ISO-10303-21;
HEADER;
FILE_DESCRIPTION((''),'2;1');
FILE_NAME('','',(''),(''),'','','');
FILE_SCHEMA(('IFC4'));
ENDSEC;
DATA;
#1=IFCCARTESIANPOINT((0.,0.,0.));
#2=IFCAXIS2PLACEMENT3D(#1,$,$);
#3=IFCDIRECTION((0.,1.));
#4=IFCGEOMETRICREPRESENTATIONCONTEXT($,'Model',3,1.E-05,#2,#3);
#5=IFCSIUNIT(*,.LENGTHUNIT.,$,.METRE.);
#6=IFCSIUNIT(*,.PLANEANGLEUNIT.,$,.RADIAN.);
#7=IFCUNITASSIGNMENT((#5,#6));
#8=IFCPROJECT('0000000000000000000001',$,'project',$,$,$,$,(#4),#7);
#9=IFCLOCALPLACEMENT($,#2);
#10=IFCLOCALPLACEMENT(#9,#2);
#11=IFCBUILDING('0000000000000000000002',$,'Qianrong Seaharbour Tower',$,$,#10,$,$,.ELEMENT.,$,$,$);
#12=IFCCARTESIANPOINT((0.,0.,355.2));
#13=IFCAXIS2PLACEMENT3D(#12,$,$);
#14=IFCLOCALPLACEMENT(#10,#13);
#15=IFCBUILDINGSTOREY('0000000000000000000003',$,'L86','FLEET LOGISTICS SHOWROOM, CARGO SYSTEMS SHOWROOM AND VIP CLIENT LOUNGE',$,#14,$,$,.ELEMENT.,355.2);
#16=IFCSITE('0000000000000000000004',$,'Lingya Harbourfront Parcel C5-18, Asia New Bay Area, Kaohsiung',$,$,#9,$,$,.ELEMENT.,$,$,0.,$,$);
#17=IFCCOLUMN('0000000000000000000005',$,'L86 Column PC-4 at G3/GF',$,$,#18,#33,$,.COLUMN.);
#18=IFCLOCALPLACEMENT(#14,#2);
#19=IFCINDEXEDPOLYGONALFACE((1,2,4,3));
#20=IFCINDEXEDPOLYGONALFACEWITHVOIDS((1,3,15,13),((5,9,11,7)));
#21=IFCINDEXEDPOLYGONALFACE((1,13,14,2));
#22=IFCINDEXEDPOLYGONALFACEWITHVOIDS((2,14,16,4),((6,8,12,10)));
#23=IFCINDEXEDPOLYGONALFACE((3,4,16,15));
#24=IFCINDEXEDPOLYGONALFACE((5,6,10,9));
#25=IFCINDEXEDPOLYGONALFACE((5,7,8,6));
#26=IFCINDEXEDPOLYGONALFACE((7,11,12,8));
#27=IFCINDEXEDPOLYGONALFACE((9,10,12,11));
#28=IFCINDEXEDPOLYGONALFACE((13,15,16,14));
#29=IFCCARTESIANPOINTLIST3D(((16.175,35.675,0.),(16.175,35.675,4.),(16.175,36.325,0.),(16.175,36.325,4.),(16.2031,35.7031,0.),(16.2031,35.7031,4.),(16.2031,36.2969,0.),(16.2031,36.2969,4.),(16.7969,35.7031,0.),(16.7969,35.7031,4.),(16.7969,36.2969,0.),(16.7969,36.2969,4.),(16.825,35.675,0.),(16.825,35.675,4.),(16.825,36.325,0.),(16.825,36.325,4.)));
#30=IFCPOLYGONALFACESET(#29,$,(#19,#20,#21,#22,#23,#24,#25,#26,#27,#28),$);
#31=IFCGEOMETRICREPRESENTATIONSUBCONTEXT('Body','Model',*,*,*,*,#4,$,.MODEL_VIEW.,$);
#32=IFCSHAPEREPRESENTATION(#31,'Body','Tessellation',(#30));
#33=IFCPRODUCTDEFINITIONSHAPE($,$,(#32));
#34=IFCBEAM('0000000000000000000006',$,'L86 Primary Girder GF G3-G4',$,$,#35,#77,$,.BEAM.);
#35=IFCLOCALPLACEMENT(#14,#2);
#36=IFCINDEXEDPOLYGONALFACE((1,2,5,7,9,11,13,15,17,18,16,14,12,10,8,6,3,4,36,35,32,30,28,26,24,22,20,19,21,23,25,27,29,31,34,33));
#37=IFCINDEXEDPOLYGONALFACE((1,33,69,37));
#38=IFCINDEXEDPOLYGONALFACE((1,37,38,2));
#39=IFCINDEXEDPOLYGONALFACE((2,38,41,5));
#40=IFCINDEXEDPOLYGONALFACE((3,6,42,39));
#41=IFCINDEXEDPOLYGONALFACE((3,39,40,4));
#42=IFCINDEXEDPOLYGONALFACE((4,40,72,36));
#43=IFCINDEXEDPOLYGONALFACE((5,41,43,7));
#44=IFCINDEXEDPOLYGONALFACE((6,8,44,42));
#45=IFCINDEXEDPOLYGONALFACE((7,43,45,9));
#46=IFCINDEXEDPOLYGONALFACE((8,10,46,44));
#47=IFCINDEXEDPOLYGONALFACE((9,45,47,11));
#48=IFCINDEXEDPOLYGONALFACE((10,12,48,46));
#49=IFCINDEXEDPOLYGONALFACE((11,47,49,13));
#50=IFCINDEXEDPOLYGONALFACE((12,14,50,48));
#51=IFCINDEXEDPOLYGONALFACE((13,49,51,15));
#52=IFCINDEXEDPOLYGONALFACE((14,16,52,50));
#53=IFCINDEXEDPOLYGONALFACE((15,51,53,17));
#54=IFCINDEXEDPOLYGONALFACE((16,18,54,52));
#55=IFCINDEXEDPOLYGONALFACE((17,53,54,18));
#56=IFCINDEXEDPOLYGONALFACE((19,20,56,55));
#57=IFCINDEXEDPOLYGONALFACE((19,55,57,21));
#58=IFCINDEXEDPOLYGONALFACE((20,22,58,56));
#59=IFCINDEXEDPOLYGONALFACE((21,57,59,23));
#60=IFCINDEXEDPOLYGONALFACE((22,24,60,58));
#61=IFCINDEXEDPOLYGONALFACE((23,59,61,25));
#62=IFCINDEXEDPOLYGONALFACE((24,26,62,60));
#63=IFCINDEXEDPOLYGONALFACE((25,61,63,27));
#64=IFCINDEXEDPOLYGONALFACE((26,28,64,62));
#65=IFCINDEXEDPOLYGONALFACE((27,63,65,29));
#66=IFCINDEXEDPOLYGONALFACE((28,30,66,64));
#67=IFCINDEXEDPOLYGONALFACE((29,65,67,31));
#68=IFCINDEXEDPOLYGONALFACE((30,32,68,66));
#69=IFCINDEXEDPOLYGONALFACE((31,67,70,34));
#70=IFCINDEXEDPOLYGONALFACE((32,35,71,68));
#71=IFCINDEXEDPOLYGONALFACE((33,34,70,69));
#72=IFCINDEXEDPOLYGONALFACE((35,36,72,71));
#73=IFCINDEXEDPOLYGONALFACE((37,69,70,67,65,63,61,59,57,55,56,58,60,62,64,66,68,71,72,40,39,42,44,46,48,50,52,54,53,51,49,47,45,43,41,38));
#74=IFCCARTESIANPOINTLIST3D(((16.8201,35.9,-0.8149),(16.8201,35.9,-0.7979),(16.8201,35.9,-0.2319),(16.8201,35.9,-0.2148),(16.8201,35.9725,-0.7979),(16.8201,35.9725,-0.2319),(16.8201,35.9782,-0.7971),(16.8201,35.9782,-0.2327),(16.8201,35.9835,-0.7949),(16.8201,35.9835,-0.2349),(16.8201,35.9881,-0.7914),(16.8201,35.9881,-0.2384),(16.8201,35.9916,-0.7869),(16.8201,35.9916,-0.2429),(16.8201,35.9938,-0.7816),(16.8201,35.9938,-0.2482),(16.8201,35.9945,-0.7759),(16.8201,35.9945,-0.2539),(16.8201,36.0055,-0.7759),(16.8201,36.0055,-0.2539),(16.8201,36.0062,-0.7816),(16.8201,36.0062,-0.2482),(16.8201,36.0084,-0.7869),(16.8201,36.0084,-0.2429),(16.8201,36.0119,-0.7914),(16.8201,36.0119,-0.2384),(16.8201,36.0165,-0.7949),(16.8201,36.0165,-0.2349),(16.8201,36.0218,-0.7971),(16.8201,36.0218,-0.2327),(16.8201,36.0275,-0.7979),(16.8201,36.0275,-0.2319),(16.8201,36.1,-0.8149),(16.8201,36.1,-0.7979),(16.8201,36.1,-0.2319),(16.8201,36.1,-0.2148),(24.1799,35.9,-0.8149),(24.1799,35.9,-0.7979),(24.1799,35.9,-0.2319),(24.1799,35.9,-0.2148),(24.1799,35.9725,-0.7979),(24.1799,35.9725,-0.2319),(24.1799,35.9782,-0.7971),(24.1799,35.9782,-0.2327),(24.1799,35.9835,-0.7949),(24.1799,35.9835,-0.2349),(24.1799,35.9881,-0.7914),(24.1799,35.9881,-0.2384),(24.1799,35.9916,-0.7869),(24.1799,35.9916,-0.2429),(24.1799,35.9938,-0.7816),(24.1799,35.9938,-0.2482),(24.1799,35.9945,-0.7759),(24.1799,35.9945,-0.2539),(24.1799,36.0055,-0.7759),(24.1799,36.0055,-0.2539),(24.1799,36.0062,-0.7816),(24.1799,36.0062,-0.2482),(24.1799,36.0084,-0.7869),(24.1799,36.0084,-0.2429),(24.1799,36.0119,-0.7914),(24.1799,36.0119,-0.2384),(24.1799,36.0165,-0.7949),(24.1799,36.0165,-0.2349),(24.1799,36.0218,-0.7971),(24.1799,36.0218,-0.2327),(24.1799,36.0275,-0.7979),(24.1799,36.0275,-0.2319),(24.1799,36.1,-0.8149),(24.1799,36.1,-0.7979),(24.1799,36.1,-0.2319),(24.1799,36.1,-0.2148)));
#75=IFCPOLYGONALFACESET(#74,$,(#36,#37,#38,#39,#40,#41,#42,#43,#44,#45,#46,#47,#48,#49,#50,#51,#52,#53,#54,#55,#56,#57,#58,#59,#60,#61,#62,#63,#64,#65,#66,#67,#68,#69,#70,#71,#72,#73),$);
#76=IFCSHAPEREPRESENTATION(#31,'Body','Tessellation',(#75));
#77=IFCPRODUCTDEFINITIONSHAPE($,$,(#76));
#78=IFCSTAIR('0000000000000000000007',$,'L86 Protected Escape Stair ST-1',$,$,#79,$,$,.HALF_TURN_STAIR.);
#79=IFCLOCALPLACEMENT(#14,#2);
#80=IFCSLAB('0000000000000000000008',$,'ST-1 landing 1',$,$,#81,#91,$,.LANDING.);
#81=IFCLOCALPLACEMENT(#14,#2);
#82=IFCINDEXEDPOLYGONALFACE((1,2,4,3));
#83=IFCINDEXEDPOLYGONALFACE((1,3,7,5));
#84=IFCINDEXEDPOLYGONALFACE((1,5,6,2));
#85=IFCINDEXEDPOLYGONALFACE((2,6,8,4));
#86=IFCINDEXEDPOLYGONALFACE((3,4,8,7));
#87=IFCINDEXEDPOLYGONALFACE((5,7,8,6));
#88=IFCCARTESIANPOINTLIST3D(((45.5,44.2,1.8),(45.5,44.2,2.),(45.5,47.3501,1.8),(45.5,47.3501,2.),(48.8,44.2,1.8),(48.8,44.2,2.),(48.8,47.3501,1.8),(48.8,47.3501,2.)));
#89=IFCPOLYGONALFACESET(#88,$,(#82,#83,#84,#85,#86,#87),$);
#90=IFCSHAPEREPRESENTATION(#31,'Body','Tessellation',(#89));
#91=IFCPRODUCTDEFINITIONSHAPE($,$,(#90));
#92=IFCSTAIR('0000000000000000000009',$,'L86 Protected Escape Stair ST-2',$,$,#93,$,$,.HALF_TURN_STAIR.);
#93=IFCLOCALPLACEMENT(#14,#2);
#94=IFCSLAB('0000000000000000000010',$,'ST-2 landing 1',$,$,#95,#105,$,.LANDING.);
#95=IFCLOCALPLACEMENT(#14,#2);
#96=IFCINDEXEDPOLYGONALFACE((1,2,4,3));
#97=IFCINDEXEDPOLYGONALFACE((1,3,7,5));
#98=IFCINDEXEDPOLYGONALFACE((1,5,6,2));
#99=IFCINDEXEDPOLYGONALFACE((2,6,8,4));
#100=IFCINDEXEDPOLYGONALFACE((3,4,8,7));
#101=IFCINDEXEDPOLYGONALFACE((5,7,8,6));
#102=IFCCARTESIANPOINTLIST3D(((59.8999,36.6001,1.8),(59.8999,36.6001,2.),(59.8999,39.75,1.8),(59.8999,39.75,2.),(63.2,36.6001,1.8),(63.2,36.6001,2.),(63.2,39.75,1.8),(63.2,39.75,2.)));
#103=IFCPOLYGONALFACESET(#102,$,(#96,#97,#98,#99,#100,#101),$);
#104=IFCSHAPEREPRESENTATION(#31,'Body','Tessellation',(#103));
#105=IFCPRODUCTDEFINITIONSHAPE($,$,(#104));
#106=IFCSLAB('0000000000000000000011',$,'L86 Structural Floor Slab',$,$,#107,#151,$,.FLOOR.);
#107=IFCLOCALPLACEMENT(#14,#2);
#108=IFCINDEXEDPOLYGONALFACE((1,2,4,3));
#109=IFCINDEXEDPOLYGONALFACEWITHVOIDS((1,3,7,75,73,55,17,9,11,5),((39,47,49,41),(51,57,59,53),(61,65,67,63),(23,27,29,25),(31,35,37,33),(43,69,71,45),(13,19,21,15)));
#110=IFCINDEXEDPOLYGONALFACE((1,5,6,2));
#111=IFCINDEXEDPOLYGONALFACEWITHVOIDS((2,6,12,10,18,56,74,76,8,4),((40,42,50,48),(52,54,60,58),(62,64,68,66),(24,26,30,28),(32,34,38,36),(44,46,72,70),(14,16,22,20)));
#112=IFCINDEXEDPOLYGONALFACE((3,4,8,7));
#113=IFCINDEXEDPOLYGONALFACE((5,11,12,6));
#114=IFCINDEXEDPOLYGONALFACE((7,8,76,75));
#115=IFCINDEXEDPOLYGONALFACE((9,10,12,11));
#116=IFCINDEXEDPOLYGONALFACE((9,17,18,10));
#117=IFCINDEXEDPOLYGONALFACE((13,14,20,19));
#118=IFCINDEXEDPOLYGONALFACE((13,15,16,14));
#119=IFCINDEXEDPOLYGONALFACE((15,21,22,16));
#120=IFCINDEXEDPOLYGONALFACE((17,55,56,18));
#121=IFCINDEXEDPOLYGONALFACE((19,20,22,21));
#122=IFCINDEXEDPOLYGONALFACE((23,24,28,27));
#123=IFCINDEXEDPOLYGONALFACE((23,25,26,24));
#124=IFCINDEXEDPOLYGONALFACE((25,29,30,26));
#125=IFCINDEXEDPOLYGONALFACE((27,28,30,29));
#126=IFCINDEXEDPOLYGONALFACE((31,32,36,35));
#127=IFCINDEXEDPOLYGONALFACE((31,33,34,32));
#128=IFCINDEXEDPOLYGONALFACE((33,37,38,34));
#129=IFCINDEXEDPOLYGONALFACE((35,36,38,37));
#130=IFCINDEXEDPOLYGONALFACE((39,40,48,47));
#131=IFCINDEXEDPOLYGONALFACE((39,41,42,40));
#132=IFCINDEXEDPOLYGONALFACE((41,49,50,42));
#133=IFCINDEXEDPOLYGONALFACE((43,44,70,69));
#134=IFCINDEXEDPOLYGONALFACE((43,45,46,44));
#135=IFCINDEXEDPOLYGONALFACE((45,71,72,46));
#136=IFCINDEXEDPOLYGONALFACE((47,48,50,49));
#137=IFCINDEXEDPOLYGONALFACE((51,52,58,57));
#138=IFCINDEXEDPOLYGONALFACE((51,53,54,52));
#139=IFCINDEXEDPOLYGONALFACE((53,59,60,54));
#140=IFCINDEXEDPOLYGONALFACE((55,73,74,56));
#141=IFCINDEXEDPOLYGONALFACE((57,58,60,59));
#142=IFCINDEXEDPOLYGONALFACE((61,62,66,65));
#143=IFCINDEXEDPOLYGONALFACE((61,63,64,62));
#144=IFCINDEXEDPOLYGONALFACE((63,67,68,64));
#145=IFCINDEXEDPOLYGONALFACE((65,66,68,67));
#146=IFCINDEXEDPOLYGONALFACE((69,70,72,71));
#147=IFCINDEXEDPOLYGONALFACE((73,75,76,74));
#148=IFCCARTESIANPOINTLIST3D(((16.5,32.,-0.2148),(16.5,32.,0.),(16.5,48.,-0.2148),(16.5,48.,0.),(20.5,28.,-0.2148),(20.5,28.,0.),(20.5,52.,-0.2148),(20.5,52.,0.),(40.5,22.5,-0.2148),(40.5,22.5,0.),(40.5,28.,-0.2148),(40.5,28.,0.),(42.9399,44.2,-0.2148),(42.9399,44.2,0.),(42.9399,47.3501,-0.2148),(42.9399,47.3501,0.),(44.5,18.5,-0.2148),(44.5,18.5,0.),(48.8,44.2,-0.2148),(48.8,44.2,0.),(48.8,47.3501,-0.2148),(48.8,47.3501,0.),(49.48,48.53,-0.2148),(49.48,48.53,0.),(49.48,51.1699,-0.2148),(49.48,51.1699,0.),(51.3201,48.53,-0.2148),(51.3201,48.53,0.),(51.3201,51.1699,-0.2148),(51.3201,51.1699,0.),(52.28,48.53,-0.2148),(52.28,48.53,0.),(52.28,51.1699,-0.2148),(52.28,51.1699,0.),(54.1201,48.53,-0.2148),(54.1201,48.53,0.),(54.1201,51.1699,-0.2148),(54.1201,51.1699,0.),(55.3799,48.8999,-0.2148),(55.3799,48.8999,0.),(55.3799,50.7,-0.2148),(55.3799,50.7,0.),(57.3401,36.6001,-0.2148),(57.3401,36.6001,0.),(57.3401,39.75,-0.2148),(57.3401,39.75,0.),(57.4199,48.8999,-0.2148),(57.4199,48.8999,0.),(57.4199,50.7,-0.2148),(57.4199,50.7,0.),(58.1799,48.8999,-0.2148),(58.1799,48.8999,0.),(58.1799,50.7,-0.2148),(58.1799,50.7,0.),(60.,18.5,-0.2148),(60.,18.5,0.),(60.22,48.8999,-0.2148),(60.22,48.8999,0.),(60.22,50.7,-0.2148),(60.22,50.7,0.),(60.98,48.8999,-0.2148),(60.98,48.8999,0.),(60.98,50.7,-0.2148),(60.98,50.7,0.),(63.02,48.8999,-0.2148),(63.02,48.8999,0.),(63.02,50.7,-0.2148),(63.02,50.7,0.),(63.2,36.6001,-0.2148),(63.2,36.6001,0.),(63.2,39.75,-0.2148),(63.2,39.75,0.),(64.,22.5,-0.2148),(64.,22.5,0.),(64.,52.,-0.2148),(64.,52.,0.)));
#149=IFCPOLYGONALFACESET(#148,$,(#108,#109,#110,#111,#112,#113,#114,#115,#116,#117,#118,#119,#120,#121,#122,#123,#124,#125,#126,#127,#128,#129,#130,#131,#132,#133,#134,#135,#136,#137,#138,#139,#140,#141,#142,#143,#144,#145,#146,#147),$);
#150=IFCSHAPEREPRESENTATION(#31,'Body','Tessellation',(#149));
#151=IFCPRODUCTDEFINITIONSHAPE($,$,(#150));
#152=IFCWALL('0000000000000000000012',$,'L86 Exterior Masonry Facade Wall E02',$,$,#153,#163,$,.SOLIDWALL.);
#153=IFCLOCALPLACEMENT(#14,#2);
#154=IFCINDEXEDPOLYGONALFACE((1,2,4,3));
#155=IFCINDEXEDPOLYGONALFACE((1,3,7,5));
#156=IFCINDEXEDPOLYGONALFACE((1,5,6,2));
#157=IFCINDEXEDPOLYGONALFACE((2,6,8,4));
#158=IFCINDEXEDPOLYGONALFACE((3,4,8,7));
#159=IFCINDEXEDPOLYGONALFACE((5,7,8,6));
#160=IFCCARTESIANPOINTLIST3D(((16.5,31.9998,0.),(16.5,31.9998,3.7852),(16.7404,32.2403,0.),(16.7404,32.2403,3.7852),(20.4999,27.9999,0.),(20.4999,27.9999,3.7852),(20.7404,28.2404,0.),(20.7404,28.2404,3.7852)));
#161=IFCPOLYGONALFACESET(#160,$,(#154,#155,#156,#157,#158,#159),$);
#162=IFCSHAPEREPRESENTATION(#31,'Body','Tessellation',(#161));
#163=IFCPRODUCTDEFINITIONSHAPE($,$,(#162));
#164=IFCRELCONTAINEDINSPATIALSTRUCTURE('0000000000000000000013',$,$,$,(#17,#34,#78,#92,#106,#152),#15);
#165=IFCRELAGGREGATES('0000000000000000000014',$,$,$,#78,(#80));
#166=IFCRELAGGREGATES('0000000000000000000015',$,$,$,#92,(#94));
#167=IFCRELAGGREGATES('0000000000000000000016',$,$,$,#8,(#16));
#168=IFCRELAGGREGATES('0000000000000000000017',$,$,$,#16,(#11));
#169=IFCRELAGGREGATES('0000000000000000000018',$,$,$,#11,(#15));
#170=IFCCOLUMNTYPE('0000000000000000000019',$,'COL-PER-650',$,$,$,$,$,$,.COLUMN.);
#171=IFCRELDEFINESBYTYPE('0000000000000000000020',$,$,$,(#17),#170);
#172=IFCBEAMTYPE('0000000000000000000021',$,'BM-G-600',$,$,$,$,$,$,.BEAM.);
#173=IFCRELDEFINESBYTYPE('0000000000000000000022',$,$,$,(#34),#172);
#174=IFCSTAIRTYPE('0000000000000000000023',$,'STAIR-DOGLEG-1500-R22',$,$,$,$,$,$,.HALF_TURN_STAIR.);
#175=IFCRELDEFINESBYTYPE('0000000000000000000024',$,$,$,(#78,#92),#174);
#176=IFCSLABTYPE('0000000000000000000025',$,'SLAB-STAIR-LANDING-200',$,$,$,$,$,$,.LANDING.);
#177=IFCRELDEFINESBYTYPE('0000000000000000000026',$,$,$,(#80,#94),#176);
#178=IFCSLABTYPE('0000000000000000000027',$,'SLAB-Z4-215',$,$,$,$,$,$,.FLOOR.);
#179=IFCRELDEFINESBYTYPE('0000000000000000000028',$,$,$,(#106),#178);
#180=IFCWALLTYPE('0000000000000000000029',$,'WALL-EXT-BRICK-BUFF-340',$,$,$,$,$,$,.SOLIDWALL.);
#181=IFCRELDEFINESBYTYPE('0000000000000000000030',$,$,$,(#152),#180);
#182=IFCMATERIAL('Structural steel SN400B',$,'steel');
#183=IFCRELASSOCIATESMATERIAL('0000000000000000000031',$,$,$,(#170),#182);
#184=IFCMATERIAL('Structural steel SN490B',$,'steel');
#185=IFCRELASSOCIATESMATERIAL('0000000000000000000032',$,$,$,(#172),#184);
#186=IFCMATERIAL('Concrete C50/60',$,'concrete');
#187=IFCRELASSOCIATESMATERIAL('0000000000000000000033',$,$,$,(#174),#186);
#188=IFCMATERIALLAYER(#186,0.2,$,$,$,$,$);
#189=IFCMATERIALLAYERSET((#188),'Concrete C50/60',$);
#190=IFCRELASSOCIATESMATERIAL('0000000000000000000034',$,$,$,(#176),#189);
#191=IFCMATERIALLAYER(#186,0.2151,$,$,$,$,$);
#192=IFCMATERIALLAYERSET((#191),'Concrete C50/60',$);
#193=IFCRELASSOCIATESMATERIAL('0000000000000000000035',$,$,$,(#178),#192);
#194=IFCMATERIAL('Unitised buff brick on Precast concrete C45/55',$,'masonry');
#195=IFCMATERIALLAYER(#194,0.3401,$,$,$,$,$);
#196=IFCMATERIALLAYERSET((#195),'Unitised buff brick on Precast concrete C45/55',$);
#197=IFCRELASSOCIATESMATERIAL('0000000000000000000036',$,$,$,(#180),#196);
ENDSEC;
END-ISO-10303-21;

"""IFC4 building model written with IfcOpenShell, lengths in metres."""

from ifc_helpers import new_model, si_unit, direction, frame, frame_2d, origin, origin_2d, place, context, subcontext, project, spatial, polyline, rectangle, hollow_rectangle, i_section, outline, extrude, material, layer, layer_set, material_profile, profile_set, type_object, element, aggregate, save


model = new_model("IFC4")

# Units and contexts
model_context = context("Model", 3, precision=1e-05, world=origin(), true_north=direction((0.0, 1.0)))
body_context = subcontext(model_context, "Body", "Model", "MODEL_VIEW")
ifc_project = project(units=[si_unit("LENGTHUNIT", "METRE"), si_unit("PLANEANGLEUNIT", "RADIAN")], contexts=[model_context])

# Site, building, storey
site_placement = place(None, origin())
site = spatial("IfcSite", under=ifc_project, at=site_placement, Name="Lingya Harbourfront Parcel C5-18, Asia New Bay Area, Kaohsiung", CompositionType="ELEMENT", RefElevation=0.0)
building_placement = place(site_placement, origin())
building = spatial("IfcBuilding", under=site, at=building_placement, Name="Qianrong Seaharbour Tower", CompositionType="ELEMENT")
storey_placement = place(building_placement, frame((0.0, 0.0, 355.2)))
storey = spatial("IfcBuildingStorey", under=building, at=storey_placement, Name="L86", Description="FLEET LOGISTICS SHOWROOM, CARGO SYSTEMS SHOWROOM AND VIP CLIENT LOUNGE", CompositionType="ELEMENT", Elevation=355.2)

# Column
ifc_material_1 = material(Name="Structural steel SN400B", Category="steel")
ifc_material_profile_1 = material_profile(ifc_material_1, hollow_rectangle(XDim=0.6499, YDim=0.6499, WallThickness=0.0281, at=origin_2d()), Name="BOX650x650x28")
ifc_profile_set_1 = profile_set([ifc_material_profile_1], Name="Structural steel SN400B")
column_type = type_object("IfcColumnType", Name="COL-PER-650", PredefinedType="COLUMN", material=ifc_profile_set_1)
column_placement = place(storey_placement, frame((16.5, 36.0, 0.0), z_axis=(0.0, 0.0, 1.0), x_axis=(1.0, 0.0, 0.0)))
element("IfcColumn", 1, at=column_placement, inside=storey, type_object=column_type, Name="L86 Column PC-4 at G3/GF", PredefinedType="COLUMN", context=body_context, shape_type="SweptSolid", body=[
    extrude(hollow_rectangle(XDim=0.6499, YDim=0.6499, WallThickness=0.0281, at=origin_2d()), origin(), (0.0, 0.0, 1.0), 4.0),
])

# Beam
ifc_material_2 = material(Name="Structural steel SN490B", Category="steel")
ifc_material_profile_2 = material_profile(ifc_material_2, i_section(OverallWidth=0.2, OverallDepth=0.6001, WebThickness=0.011, FlangeThickness=0.0171, FilletRadius=0.022, at=origin_2d()), Name="H600x200x11x17")
ifc_profile_set_2 = profile_set([ifc_material_profile_2], Name="Structural steel SN490B")
beam_type = type_object("IfcBeamType", Name="BM-G-600", PredefinedType="BEAM", material=ifc_profile_set_2)
beam_placement = place(storey_placement, frame((16.8201, 36.0, -0.5149), z_axis=(1.0, 0.0, 0.0), x_axis=(0.0, 1.0, 0.0)))
element("IfcBeam", 2, at=beam_placement, inside=storey, type_object=beam_type, Name="L86 Primary Girder GF G3-G4", PredefinedType="BEAM", context=body_context, shape_type="SweptSolid", body=[
    extrude(i_section(OverallWidth=0.2, OverallDepth=0.6001, WebThickness=0.011, FlangeThickness=0.0171, FilletRadius=0.022, at=origin_2d()), origin(), (0.0, 0.0, 1.0), 7.3599),
])

# Stairs, slabs
ifc_material_3 = material(Name="Concrete C50/60", Category="concrete")
stair_type = type_object("IfcStairType", Name="STAIR-DOGLEG-1500-R22", PredefinedType="HALF_TURN_STAIR", material=ifc_material_3)
stair_1_placement = place(storey_placement, origin())
stair_1 = element("IfcStair", 3, at=stair_1_placement, inside=storey, type_object=stair_type, Name="L86 Protected Escape Stair ST-1", PredefinedType="HALF_TURN_STAIR")
ifc_layer_1 = layer(ifc_material_3, 0.2)
ifc_layer_set_1 = layer_set([ifc_layer_1], Name="Concrete C50/60")
slab_type_1 = type_object("IfcSlabType", Name="SLAB-STAIR-LANDING-200", PredefinedType="LANDING", material=ifc_layer_set_1)
slab_1_placement = place(storey_placement, frame((0.0, 0.0, 1.8)))
slab_1 = element("IfcSlab", 4, at=slab_1_placement, type_object=slab_type_1, Name="ST-1 landing 1", PredefinedType="LANDING", context=body_context, shape_type="SweptSolid", body=[
    extrude(outline(polyline([(45.5, 44.2), (48.8, 44.2), (48.8, 47.3501), (45.5, 47.3501), (45.5, 44.2)])), origin(), (0.0, 0.0, 1.0), 0.2),
])
aggregate(stair_1, [slab_1])
stair_2_placement = place(storey_placement, origin())
stair_2 = element("IfcStair", 5, at=stair_2_placement, inside=storey, type_object=stair_type, Name="L86 Protected Escape Stair ST-2", PredefinedType="HALF_TURN_STAIR")
slab_2_placement = place(storey_placement, frame((0.0, 0.0, 1.8)))
slab_2 = element("IfcSlab", 6, at=slab_2_placement, type_object=slab_type_1, Name="ST-2 landing 1", PredefinedType="LANDING", context=body_context, shape_type="SweptSolid", body=[
    extrude(outline(polyline([(59.8999, 36.6001), (63.2, 36.6001), (63.2, 39.75), (59.8999, 39.75), (59.8999, 36.6001)])), origin(), (0.0, 0.0, 1.0), 0.2),
])
aggregate(stair_2, [slab_2])

# Slab
ifc_layer_2 = layer(ifc_material_3, 0.2151)
ifc_layer_set_2 = layer_set([ifc_layer_2], Name="Concrete C50/60")
slab_type_2 = type_object("IfcSlabType", Name="SLAB-Z4-215", PredefinedType="FLOOR", material=ifc_layer_set_2)
slab_3_placement = place(storey_placement, frame((0.0, 0.0, -0.2148)))
element("IfcSlab", 7, at=slab_3_placement, inside=storey, type_object=slab_type_2, Name="L86 Structural Floor Slab", PredefinedType="FLOOR", context=body_context, shape_type="SweptSolid", body=[
    extrude(outline(polyline([(44.5, 18.5), (60.0, 18.5), (64.0, 22.5), (64.0, 52.0), (20.5, 52.0), (16.5, 48.0), (16.5, 32.0), (20.5, 28.0), (40.5, 28.0), (40.5, 22.5), (44.5, 18.5)]), holes=[polyline([(42.9399, 44.2), (42.9399, 47.3501), (48.8, 47.3501), (48.8, 44.2), (42.9399, 44.2)]), polyline([(57.3401, 36.6001), (57.3401, 39.75), (63.2, 39.75), (63.2, 36.6001), (57.3401, 36.6001)]), polyline([(49.48, 48.53), (49.48, 51.1699), (51.3201, 51.1699), (51.3201, 48.53), (49.48, 48.53)]), polyline([(52.28, 48.53), (52.28, 51.1699), (54.1201, 51.1699), (54.1201, 48.53), (52.28, 48.53)]), polyline([(55.3799, 48.8999), (55.3799, 50.7), (57.4199, 50.7), (57.4199, 48.8999), (55.3799, 48.8999)]), polyline([(58.1799, 48.8999), (58.1799, 50.7), (60.22, 50.7), (60.22, 48.8999), (58.1799, 48.8999)]), polyline([(60.98, 48.8999), (60.98, 50.7), (63.02, 50.7), (63.02, 48.8999), (60.98, 48.8999)])]), origin(), (0.0, 0.0, 1.0), 0.2148),
])

# Wall
ifc_material_4 = material(Name="Unitised buff brick on Precast concrete C45/55", Category="masonry")
ifc_layer_3 = layer(ifc_material_4, 0.3401)
ifc_layer_set_3 = layer_set([ifc_layer_3], Name="Unitised buff brick on Precast concrete C45/55")
wall_type = type_object("IfcWallType", Name="WALL-EXT-BRICK-BUFF-340", PredefinedType="SOLIDWALL", material=ifc_layer_set_3)
wall_1_placement = place(storey_placement, frame((20.6201, 28.1201, 0.0), z_axis=(0.0, 0.0, 1.0), x_axis=(-0.707107, 0.707107, 0.0)))
element("IfcWall", 8, at=wall_1_placement, inside=storey, type_object=wall_type, Name="L86 Exterior Masonry Facade Wall E02", PredefinedType="SOLIDWALL", context=body_context, shape_type="SweptSolid", body=[
    extrude(rectangle(XDim=5.6567, YDim=0.3401, at=frame_2d((2.8284, 0.0))), origin(), (0.0, 0.0, 1.0), 3.7852),
])

save(model, "model.ifc")
